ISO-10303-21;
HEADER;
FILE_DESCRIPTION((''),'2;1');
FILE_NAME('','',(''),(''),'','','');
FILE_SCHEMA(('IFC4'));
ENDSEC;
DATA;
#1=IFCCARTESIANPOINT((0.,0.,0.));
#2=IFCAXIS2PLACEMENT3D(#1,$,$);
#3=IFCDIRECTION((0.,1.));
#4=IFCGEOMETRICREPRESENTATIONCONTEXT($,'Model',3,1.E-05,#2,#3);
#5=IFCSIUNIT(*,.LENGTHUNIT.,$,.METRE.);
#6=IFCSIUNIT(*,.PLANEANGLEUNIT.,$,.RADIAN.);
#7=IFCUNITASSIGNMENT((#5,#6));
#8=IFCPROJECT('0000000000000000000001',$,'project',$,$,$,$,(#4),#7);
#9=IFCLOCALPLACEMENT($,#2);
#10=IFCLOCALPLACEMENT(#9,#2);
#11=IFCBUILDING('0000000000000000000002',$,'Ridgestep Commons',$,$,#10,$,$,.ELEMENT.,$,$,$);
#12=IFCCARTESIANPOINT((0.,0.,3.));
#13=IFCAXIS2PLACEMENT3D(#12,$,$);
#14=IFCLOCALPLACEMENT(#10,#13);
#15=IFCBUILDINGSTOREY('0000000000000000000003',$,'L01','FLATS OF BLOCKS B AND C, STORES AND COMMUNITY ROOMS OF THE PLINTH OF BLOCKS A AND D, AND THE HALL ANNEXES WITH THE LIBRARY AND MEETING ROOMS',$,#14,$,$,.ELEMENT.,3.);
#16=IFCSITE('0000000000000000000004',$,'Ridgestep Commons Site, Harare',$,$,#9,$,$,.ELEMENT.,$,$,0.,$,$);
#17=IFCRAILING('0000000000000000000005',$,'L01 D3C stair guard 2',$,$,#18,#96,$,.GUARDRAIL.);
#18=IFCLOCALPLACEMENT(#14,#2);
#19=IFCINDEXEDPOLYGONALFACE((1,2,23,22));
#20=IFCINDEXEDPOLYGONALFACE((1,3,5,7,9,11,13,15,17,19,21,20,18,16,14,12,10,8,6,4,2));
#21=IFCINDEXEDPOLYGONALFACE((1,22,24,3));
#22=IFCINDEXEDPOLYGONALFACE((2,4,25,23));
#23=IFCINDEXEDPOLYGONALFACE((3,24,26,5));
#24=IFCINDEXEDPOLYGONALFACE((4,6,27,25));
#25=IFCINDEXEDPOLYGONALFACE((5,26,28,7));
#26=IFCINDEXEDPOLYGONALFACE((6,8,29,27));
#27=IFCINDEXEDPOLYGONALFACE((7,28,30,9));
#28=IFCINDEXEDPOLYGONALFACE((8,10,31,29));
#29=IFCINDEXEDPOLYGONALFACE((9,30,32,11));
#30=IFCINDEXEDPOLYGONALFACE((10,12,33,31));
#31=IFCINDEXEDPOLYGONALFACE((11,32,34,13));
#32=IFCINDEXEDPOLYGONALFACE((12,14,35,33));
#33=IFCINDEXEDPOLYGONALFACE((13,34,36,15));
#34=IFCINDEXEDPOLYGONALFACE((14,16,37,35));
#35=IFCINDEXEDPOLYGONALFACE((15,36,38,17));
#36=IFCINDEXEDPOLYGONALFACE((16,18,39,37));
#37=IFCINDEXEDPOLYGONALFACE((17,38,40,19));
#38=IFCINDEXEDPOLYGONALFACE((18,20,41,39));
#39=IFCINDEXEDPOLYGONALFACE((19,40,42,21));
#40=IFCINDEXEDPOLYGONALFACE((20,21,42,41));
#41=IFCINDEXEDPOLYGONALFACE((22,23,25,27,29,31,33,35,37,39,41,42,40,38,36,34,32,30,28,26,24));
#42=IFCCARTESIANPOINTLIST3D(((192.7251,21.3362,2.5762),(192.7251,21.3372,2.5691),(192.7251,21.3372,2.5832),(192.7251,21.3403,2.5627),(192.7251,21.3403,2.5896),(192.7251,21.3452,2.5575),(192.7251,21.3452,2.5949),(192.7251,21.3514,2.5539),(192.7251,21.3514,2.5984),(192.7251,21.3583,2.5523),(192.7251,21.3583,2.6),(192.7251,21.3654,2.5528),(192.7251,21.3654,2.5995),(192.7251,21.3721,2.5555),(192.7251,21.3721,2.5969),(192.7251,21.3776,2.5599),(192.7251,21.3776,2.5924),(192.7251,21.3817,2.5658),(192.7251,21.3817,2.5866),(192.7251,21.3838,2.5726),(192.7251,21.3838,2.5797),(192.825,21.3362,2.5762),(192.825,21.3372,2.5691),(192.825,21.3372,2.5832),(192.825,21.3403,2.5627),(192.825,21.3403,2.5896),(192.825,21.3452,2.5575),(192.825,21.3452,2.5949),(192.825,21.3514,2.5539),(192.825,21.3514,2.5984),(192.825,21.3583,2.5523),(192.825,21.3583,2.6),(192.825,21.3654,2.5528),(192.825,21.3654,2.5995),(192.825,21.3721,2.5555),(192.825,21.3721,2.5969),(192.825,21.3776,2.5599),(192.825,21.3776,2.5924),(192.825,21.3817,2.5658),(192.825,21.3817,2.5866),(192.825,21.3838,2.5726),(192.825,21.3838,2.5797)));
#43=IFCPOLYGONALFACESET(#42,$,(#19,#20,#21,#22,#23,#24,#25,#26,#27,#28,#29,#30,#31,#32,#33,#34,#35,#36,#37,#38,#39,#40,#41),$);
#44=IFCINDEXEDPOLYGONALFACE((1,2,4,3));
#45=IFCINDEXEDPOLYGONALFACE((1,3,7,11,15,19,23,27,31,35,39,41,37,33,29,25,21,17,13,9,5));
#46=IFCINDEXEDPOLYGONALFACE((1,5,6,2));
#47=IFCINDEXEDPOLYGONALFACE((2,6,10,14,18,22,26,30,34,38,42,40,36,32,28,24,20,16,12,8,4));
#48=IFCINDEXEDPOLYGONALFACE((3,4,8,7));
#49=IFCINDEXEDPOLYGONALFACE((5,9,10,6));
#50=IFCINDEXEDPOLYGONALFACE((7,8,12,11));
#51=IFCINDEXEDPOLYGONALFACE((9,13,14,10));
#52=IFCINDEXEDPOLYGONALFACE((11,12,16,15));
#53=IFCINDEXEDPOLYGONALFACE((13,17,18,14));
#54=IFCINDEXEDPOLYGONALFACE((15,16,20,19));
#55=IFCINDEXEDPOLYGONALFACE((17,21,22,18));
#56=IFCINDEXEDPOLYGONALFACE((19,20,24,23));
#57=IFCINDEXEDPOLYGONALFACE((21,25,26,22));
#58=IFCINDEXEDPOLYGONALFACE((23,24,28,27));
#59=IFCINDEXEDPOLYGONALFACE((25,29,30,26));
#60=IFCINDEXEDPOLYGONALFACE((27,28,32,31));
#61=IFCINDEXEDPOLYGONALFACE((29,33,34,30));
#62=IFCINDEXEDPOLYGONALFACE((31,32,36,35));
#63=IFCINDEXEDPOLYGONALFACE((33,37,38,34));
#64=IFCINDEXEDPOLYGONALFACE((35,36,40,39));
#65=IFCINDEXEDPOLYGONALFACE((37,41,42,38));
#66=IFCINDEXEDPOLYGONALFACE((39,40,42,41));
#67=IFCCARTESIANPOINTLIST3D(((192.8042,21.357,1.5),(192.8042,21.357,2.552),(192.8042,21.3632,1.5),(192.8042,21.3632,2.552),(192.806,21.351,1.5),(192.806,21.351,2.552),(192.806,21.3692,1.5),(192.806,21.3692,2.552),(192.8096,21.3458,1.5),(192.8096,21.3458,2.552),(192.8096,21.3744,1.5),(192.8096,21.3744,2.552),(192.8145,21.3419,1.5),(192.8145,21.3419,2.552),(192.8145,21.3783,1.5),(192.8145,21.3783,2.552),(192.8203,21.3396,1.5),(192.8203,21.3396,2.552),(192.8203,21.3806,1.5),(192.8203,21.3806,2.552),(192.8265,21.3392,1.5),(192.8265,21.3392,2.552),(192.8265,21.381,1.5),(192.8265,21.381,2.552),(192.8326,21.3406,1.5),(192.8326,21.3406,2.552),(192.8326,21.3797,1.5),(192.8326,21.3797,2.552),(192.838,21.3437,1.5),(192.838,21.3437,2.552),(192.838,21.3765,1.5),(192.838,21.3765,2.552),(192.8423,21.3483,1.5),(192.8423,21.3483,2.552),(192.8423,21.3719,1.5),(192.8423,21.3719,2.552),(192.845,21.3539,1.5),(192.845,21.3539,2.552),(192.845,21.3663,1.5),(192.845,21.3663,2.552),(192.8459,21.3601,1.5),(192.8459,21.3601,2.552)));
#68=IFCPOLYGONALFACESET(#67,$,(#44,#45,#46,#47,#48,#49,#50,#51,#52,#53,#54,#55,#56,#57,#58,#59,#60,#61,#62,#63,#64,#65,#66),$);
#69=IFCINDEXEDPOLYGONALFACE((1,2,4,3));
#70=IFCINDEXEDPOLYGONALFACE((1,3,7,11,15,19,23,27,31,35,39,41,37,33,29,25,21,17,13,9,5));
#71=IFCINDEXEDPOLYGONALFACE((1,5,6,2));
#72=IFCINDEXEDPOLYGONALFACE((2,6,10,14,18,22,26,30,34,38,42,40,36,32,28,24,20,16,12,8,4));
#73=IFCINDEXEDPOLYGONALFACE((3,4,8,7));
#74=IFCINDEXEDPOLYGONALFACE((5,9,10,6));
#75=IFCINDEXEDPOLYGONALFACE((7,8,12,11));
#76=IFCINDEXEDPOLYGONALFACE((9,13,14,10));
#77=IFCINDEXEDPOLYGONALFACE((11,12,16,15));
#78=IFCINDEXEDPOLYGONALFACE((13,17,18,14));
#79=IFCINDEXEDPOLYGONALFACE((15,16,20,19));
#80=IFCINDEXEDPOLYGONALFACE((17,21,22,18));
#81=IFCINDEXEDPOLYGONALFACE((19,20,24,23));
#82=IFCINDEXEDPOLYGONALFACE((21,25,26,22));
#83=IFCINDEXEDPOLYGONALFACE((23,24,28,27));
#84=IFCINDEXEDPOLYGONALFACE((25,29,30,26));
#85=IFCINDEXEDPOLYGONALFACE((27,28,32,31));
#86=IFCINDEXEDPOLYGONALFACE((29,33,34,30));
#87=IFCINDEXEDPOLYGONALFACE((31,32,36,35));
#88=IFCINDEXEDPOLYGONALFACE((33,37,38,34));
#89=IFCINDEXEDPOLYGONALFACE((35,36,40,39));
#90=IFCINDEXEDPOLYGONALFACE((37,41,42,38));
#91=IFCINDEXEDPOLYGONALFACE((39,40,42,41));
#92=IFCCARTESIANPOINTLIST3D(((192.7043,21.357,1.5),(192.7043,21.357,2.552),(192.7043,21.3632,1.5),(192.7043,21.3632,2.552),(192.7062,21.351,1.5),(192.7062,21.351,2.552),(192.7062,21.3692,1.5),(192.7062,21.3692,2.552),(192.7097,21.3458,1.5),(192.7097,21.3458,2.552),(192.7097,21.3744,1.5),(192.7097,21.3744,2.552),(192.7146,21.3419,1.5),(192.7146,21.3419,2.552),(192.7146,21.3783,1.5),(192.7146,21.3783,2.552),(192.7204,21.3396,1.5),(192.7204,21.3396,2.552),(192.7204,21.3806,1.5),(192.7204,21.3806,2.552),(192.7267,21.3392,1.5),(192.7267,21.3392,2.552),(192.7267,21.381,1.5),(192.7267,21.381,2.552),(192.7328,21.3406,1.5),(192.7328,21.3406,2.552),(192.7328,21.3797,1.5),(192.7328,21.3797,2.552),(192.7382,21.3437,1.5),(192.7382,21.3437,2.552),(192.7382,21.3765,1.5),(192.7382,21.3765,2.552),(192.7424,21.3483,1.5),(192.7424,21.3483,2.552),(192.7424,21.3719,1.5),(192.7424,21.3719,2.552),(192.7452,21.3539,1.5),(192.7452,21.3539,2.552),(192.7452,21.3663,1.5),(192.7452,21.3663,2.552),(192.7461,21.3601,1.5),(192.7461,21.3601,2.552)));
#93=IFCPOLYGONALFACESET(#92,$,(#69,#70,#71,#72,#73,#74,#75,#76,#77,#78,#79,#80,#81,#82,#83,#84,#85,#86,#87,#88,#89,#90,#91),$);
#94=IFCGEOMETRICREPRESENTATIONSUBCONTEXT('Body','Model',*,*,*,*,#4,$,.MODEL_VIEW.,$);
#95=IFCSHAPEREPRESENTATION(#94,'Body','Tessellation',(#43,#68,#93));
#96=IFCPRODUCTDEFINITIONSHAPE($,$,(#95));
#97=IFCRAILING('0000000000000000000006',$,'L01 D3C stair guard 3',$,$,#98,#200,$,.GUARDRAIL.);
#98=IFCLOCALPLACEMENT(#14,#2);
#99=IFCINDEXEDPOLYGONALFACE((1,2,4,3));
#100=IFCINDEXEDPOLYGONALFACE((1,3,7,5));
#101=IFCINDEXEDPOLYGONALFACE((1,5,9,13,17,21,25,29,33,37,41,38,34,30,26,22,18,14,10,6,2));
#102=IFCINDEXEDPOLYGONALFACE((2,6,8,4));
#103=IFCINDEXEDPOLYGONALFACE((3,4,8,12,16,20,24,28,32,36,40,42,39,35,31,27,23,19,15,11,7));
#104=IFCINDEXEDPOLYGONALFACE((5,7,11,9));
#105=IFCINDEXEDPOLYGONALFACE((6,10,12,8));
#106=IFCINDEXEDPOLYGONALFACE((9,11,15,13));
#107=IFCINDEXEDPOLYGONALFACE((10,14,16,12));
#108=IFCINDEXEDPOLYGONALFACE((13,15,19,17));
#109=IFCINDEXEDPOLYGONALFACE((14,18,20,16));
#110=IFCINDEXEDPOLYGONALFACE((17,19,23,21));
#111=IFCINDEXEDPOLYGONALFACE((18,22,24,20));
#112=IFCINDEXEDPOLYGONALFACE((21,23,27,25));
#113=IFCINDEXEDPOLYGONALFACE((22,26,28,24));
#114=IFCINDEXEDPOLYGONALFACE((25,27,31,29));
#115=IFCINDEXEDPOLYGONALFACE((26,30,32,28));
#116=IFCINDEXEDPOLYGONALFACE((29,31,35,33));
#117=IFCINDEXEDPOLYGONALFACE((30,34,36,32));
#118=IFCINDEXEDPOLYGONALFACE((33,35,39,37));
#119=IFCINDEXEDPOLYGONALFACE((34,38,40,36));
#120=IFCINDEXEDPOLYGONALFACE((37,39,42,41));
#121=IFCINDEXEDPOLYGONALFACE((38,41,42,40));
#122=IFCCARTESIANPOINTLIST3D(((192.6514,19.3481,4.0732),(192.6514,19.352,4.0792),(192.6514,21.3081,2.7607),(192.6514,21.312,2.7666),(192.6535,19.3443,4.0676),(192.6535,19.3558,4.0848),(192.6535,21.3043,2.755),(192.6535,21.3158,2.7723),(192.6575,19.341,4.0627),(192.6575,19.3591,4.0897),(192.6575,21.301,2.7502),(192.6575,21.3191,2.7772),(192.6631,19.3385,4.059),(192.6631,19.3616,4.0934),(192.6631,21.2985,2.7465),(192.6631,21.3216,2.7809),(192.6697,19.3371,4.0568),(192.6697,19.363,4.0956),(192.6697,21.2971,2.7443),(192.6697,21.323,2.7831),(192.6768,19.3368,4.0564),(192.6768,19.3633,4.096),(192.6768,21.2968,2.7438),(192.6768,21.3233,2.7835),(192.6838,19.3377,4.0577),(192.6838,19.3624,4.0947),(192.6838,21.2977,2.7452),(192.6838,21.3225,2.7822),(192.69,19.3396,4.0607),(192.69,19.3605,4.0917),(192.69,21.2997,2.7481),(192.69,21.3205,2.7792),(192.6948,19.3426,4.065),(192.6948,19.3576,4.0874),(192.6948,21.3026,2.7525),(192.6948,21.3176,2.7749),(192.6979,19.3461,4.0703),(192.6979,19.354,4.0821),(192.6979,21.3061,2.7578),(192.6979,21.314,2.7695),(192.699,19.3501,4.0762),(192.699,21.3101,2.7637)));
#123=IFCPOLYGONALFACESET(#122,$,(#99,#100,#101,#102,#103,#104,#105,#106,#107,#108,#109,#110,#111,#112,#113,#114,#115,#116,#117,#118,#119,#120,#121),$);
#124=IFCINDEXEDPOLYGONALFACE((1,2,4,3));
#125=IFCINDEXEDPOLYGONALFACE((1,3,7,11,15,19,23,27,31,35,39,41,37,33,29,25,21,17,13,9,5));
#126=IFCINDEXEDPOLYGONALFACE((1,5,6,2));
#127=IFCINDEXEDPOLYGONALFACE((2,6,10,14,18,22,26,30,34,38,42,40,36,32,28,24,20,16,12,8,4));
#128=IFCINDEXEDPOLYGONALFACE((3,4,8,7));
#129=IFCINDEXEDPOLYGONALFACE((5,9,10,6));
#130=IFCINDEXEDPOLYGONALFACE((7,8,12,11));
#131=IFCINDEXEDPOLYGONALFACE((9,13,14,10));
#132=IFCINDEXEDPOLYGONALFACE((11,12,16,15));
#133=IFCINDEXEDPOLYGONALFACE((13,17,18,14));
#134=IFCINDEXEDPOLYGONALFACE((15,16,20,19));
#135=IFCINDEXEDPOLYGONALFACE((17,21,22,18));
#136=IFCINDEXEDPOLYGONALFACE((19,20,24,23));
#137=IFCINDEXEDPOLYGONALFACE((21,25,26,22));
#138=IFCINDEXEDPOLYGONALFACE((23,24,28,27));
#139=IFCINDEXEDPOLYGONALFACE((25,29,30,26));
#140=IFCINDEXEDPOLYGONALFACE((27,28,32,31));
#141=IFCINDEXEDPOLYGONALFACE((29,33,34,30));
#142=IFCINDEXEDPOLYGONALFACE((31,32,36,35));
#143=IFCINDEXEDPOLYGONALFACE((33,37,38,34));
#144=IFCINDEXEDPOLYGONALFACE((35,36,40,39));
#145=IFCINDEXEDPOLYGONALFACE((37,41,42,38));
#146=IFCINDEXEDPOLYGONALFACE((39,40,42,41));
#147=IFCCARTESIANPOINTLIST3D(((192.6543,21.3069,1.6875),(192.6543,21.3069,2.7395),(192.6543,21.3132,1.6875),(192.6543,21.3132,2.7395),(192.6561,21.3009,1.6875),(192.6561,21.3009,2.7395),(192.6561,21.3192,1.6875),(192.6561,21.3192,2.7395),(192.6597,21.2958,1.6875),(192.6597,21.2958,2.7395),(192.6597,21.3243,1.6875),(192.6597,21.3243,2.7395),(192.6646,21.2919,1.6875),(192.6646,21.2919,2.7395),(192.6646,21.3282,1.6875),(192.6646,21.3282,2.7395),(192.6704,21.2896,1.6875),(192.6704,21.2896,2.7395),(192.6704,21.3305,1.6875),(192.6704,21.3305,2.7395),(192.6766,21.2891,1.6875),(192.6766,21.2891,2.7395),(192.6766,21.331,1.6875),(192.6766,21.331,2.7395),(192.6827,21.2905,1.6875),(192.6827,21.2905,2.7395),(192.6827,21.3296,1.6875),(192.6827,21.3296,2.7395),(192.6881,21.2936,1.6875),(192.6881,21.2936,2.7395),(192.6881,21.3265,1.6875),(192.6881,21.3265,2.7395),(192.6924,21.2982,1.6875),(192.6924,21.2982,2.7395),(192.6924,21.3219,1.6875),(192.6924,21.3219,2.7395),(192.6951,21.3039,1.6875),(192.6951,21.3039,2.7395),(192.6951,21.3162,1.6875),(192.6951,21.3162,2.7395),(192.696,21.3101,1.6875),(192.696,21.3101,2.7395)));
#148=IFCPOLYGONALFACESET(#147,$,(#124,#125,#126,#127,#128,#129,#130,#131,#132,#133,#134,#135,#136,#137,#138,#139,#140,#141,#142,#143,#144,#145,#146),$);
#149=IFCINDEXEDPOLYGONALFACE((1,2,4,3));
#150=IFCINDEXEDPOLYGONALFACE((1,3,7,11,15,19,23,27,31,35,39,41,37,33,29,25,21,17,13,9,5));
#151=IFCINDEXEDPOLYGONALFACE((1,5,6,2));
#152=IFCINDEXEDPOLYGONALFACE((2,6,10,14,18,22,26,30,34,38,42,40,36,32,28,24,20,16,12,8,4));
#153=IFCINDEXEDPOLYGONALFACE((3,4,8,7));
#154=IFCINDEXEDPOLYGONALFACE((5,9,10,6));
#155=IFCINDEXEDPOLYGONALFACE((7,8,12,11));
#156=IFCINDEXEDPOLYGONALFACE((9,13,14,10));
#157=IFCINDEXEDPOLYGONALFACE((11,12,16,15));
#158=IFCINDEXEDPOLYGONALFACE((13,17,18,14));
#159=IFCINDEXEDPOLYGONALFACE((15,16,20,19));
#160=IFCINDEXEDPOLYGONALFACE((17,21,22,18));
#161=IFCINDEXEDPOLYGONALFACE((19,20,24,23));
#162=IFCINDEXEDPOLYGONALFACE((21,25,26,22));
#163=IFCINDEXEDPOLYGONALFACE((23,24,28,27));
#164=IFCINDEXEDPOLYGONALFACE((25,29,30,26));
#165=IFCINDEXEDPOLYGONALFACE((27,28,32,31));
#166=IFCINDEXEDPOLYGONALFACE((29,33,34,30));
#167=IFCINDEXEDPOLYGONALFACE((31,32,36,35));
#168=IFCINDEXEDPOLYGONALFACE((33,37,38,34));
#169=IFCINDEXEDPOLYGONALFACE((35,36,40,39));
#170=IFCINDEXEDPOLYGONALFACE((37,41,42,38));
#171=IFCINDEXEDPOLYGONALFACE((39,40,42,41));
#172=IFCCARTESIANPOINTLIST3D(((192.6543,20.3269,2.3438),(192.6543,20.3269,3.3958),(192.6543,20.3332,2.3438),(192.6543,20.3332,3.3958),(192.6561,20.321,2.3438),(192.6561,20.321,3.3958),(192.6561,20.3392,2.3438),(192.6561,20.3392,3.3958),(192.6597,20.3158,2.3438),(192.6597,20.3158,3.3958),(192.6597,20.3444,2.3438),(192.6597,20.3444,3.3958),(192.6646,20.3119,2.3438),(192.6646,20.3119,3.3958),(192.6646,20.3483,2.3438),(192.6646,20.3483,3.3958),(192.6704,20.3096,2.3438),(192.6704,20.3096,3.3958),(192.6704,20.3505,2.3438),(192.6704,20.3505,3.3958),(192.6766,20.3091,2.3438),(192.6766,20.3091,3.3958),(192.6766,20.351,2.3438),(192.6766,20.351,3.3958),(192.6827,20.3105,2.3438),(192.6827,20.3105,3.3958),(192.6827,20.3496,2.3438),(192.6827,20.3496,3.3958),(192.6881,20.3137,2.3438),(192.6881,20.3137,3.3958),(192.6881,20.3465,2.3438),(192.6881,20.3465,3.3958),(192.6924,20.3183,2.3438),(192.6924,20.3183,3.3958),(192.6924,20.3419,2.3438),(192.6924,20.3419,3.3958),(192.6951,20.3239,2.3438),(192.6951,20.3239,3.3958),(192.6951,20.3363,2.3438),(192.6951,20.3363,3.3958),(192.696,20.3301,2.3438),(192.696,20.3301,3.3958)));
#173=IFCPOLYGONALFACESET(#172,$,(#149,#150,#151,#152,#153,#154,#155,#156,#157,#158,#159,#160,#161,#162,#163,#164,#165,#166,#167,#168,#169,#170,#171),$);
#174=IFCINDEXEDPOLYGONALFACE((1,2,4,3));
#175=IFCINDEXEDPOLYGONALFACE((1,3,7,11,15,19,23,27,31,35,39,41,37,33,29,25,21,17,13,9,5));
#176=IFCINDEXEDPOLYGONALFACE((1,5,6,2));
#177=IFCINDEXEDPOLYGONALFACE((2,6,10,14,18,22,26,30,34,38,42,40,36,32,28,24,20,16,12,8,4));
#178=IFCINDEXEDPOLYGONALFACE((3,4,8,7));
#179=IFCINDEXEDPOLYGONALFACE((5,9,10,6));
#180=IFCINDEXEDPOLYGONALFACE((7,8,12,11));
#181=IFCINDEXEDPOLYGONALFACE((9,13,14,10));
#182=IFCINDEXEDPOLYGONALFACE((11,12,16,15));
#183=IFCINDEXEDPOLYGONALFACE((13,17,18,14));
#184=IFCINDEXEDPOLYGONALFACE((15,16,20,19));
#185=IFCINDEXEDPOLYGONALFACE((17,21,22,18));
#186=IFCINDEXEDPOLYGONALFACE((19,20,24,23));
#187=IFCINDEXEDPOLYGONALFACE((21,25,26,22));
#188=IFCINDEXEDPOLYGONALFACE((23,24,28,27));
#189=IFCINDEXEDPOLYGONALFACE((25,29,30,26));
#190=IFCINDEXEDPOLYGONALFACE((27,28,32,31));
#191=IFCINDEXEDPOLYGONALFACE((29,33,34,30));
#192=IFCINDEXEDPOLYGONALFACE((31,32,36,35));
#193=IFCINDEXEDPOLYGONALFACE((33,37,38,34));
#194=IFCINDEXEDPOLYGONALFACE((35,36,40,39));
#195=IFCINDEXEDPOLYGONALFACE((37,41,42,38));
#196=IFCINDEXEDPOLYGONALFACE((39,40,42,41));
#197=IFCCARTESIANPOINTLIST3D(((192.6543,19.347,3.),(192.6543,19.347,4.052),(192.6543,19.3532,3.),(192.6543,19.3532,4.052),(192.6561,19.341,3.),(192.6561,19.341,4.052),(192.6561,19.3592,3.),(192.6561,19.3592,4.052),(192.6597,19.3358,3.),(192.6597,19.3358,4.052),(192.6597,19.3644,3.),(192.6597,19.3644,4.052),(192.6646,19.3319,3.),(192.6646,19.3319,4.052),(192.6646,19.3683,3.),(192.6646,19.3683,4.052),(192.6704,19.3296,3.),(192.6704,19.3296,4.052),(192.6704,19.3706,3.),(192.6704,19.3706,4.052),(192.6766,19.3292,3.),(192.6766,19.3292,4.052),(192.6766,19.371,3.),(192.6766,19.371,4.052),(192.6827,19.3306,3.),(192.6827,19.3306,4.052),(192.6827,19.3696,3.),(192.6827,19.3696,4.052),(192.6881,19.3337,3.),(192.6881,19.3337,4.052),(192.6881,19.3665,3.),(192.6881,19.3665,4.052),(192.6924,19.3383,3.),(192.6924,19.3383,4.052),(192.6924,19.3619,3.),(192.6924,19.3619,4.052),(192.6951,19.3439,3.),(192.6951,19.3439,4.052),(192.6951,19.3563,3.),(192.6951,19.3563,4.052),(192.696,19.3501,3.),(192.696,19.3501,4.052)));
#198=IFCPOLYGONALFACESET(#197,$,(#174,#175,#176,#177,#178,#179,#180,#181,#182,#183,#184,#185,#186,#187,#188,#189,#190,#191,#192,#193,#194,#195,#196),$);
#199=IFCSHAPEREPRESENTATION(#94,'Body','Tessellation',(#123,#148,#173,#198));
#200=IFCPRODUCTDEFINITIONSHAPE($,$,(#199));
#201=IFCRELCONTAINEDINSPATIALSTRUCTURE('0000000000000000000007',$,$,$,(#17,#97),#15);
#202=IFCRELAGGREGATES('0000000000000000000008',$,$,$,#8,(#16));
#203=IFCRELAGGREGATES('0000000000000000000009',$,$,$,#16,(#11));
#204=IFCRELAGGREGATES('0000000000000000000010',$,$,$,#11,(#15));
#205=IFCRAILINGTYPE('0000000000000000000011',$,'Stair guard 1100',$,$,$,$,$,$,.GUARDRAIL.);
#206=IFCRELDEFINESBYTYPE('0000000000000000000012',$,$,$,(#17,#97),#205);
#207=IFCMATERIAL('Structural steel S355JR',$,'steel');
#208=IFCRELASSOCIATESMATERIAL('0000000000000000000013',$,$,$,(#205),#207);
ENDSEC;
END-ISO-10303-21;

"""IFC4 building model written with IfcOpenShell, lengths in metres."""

from ifc_helpers import new_model, si_unit, direction, frame, origin, origin_2d, place, context, subcontext, project, spatial, circle, extrude, material, type_object, element, save


model = new_model("IFC4")

# Units and contexts
model_context = context("Model", 3, precision=1e-05, world=origin(), true_north=direction((0.0, 1.0)))
body_context = subcontext(model_context, "Body", "Model", "MODEL_VIEW")
ifc_project = project(units=[si_unit("LENGTHUNIT", "METRE"), si_unit("PLANEANGLEUNIT", "RADIAN")], contexts=[model_context])

# Site, building, storey
site_placement = place(None, origin())
site = spatial("IfcSite", under=ifc_project, at=site_placement, Name="Ridgestep Commons Site, Harare", CompositionType="ELEMENT", RefElevation=0.0)
building_placement = place(site_placement, origin())
building = spatial("IfcBuilding", under=site, at=building_placement, Name="Ridgestep Commons", CompositionType="ELEMENT")
storey_placement = place(building_placement, frame((0.0, 0.0, 3.0)))
storey = spatial("IfcBuildingStorey", under=building, at=storey_placement, Name="L01", Description="FLATS OF BLOCKS B AND C, STORES AND COMMUNITY ROOMS OF THE PLINTH OF BLOCKS A AND D, AND THE HALL ANNEXES WITH THE LIBRARY AND MEETING ROOMS", CompositionType="ELEMENT", Elevation=3.0)

# Railings
ifc_material_1 = material(Name="Structural steel S355JR", Category="steel")
railing_type_1 = type_object("IfcRailingType", Name="Stair guard 1100", PredefinedType="GUARDRAIL", material=ifc_material_1)
railing_1_placement = place(storey_placement, frame((192.825, 21.3601, 1.5)))
element("IfcRailing", 1, at=railing_1_placement, inside=storey, type_object=railing_type_1, Name="L01 D3C stair guard 2", PredefinedType="GUARDRAIL", context=body_context, shape_type="SweptSolid", body=[
    extrude(circle(Radius=0.0239, at=origin_2d()), frame((0.0, 0.0, 1.0762), z_axis=(-1.0, 0.0, 0.0), x_axis=(0.0, -1.0, 0.0)), (0.0, 0.0, 1.0), 0.0999),
    extrude(circle(Radius=0.021, at=origin_2d()), origin(), (0.0, 0.0, 1.0), 1.052),
    extrude(circle(Radius=0.021, at=origin_2d()), frame((-0.0999, 0.0, 0.0)), (0.0, 0.0, 1.0), 1.052),
])
railing_2_placement = place(storey_placement, frame((192.675, 21.3101, 1.6875)))
element("IfcRailing", 2, at=railing_2_placement, inside=storey, type_object=railing_type_1, Name="L01 D3C stair guard 3", PredefinedType="GUARDRAIL", context=body_context, shape_type="SweptSolid", body=[
    extrude(circle(Radius=0.0239, at=origin_2d()), frame((0.0, 0.0, 1.0762), z_axis=(0.0, -0.830902, 0.556419), x_axis=(1.0, 0.0, 0.0)), (0.0, 0.0, 1.0), 2.3589),
    extrude(circle(Radius=0.021, at=origin_2d()), origin(), (0.0, 0.0, 1.0), 1.052),
    extrude(circle(Radius=0.021, at=origin_2d()), frame((0.0, -0.98, 0.6562)), (0.0, 0.0, 1.0), 1.052),
    extrude(circle(Radius=0.021, at=origin_2d()), frame((0.0, -1.96, 1.3125)), (0.0, 0.0, 1.0), 1.052),
])

save(model, "model.ifc")
